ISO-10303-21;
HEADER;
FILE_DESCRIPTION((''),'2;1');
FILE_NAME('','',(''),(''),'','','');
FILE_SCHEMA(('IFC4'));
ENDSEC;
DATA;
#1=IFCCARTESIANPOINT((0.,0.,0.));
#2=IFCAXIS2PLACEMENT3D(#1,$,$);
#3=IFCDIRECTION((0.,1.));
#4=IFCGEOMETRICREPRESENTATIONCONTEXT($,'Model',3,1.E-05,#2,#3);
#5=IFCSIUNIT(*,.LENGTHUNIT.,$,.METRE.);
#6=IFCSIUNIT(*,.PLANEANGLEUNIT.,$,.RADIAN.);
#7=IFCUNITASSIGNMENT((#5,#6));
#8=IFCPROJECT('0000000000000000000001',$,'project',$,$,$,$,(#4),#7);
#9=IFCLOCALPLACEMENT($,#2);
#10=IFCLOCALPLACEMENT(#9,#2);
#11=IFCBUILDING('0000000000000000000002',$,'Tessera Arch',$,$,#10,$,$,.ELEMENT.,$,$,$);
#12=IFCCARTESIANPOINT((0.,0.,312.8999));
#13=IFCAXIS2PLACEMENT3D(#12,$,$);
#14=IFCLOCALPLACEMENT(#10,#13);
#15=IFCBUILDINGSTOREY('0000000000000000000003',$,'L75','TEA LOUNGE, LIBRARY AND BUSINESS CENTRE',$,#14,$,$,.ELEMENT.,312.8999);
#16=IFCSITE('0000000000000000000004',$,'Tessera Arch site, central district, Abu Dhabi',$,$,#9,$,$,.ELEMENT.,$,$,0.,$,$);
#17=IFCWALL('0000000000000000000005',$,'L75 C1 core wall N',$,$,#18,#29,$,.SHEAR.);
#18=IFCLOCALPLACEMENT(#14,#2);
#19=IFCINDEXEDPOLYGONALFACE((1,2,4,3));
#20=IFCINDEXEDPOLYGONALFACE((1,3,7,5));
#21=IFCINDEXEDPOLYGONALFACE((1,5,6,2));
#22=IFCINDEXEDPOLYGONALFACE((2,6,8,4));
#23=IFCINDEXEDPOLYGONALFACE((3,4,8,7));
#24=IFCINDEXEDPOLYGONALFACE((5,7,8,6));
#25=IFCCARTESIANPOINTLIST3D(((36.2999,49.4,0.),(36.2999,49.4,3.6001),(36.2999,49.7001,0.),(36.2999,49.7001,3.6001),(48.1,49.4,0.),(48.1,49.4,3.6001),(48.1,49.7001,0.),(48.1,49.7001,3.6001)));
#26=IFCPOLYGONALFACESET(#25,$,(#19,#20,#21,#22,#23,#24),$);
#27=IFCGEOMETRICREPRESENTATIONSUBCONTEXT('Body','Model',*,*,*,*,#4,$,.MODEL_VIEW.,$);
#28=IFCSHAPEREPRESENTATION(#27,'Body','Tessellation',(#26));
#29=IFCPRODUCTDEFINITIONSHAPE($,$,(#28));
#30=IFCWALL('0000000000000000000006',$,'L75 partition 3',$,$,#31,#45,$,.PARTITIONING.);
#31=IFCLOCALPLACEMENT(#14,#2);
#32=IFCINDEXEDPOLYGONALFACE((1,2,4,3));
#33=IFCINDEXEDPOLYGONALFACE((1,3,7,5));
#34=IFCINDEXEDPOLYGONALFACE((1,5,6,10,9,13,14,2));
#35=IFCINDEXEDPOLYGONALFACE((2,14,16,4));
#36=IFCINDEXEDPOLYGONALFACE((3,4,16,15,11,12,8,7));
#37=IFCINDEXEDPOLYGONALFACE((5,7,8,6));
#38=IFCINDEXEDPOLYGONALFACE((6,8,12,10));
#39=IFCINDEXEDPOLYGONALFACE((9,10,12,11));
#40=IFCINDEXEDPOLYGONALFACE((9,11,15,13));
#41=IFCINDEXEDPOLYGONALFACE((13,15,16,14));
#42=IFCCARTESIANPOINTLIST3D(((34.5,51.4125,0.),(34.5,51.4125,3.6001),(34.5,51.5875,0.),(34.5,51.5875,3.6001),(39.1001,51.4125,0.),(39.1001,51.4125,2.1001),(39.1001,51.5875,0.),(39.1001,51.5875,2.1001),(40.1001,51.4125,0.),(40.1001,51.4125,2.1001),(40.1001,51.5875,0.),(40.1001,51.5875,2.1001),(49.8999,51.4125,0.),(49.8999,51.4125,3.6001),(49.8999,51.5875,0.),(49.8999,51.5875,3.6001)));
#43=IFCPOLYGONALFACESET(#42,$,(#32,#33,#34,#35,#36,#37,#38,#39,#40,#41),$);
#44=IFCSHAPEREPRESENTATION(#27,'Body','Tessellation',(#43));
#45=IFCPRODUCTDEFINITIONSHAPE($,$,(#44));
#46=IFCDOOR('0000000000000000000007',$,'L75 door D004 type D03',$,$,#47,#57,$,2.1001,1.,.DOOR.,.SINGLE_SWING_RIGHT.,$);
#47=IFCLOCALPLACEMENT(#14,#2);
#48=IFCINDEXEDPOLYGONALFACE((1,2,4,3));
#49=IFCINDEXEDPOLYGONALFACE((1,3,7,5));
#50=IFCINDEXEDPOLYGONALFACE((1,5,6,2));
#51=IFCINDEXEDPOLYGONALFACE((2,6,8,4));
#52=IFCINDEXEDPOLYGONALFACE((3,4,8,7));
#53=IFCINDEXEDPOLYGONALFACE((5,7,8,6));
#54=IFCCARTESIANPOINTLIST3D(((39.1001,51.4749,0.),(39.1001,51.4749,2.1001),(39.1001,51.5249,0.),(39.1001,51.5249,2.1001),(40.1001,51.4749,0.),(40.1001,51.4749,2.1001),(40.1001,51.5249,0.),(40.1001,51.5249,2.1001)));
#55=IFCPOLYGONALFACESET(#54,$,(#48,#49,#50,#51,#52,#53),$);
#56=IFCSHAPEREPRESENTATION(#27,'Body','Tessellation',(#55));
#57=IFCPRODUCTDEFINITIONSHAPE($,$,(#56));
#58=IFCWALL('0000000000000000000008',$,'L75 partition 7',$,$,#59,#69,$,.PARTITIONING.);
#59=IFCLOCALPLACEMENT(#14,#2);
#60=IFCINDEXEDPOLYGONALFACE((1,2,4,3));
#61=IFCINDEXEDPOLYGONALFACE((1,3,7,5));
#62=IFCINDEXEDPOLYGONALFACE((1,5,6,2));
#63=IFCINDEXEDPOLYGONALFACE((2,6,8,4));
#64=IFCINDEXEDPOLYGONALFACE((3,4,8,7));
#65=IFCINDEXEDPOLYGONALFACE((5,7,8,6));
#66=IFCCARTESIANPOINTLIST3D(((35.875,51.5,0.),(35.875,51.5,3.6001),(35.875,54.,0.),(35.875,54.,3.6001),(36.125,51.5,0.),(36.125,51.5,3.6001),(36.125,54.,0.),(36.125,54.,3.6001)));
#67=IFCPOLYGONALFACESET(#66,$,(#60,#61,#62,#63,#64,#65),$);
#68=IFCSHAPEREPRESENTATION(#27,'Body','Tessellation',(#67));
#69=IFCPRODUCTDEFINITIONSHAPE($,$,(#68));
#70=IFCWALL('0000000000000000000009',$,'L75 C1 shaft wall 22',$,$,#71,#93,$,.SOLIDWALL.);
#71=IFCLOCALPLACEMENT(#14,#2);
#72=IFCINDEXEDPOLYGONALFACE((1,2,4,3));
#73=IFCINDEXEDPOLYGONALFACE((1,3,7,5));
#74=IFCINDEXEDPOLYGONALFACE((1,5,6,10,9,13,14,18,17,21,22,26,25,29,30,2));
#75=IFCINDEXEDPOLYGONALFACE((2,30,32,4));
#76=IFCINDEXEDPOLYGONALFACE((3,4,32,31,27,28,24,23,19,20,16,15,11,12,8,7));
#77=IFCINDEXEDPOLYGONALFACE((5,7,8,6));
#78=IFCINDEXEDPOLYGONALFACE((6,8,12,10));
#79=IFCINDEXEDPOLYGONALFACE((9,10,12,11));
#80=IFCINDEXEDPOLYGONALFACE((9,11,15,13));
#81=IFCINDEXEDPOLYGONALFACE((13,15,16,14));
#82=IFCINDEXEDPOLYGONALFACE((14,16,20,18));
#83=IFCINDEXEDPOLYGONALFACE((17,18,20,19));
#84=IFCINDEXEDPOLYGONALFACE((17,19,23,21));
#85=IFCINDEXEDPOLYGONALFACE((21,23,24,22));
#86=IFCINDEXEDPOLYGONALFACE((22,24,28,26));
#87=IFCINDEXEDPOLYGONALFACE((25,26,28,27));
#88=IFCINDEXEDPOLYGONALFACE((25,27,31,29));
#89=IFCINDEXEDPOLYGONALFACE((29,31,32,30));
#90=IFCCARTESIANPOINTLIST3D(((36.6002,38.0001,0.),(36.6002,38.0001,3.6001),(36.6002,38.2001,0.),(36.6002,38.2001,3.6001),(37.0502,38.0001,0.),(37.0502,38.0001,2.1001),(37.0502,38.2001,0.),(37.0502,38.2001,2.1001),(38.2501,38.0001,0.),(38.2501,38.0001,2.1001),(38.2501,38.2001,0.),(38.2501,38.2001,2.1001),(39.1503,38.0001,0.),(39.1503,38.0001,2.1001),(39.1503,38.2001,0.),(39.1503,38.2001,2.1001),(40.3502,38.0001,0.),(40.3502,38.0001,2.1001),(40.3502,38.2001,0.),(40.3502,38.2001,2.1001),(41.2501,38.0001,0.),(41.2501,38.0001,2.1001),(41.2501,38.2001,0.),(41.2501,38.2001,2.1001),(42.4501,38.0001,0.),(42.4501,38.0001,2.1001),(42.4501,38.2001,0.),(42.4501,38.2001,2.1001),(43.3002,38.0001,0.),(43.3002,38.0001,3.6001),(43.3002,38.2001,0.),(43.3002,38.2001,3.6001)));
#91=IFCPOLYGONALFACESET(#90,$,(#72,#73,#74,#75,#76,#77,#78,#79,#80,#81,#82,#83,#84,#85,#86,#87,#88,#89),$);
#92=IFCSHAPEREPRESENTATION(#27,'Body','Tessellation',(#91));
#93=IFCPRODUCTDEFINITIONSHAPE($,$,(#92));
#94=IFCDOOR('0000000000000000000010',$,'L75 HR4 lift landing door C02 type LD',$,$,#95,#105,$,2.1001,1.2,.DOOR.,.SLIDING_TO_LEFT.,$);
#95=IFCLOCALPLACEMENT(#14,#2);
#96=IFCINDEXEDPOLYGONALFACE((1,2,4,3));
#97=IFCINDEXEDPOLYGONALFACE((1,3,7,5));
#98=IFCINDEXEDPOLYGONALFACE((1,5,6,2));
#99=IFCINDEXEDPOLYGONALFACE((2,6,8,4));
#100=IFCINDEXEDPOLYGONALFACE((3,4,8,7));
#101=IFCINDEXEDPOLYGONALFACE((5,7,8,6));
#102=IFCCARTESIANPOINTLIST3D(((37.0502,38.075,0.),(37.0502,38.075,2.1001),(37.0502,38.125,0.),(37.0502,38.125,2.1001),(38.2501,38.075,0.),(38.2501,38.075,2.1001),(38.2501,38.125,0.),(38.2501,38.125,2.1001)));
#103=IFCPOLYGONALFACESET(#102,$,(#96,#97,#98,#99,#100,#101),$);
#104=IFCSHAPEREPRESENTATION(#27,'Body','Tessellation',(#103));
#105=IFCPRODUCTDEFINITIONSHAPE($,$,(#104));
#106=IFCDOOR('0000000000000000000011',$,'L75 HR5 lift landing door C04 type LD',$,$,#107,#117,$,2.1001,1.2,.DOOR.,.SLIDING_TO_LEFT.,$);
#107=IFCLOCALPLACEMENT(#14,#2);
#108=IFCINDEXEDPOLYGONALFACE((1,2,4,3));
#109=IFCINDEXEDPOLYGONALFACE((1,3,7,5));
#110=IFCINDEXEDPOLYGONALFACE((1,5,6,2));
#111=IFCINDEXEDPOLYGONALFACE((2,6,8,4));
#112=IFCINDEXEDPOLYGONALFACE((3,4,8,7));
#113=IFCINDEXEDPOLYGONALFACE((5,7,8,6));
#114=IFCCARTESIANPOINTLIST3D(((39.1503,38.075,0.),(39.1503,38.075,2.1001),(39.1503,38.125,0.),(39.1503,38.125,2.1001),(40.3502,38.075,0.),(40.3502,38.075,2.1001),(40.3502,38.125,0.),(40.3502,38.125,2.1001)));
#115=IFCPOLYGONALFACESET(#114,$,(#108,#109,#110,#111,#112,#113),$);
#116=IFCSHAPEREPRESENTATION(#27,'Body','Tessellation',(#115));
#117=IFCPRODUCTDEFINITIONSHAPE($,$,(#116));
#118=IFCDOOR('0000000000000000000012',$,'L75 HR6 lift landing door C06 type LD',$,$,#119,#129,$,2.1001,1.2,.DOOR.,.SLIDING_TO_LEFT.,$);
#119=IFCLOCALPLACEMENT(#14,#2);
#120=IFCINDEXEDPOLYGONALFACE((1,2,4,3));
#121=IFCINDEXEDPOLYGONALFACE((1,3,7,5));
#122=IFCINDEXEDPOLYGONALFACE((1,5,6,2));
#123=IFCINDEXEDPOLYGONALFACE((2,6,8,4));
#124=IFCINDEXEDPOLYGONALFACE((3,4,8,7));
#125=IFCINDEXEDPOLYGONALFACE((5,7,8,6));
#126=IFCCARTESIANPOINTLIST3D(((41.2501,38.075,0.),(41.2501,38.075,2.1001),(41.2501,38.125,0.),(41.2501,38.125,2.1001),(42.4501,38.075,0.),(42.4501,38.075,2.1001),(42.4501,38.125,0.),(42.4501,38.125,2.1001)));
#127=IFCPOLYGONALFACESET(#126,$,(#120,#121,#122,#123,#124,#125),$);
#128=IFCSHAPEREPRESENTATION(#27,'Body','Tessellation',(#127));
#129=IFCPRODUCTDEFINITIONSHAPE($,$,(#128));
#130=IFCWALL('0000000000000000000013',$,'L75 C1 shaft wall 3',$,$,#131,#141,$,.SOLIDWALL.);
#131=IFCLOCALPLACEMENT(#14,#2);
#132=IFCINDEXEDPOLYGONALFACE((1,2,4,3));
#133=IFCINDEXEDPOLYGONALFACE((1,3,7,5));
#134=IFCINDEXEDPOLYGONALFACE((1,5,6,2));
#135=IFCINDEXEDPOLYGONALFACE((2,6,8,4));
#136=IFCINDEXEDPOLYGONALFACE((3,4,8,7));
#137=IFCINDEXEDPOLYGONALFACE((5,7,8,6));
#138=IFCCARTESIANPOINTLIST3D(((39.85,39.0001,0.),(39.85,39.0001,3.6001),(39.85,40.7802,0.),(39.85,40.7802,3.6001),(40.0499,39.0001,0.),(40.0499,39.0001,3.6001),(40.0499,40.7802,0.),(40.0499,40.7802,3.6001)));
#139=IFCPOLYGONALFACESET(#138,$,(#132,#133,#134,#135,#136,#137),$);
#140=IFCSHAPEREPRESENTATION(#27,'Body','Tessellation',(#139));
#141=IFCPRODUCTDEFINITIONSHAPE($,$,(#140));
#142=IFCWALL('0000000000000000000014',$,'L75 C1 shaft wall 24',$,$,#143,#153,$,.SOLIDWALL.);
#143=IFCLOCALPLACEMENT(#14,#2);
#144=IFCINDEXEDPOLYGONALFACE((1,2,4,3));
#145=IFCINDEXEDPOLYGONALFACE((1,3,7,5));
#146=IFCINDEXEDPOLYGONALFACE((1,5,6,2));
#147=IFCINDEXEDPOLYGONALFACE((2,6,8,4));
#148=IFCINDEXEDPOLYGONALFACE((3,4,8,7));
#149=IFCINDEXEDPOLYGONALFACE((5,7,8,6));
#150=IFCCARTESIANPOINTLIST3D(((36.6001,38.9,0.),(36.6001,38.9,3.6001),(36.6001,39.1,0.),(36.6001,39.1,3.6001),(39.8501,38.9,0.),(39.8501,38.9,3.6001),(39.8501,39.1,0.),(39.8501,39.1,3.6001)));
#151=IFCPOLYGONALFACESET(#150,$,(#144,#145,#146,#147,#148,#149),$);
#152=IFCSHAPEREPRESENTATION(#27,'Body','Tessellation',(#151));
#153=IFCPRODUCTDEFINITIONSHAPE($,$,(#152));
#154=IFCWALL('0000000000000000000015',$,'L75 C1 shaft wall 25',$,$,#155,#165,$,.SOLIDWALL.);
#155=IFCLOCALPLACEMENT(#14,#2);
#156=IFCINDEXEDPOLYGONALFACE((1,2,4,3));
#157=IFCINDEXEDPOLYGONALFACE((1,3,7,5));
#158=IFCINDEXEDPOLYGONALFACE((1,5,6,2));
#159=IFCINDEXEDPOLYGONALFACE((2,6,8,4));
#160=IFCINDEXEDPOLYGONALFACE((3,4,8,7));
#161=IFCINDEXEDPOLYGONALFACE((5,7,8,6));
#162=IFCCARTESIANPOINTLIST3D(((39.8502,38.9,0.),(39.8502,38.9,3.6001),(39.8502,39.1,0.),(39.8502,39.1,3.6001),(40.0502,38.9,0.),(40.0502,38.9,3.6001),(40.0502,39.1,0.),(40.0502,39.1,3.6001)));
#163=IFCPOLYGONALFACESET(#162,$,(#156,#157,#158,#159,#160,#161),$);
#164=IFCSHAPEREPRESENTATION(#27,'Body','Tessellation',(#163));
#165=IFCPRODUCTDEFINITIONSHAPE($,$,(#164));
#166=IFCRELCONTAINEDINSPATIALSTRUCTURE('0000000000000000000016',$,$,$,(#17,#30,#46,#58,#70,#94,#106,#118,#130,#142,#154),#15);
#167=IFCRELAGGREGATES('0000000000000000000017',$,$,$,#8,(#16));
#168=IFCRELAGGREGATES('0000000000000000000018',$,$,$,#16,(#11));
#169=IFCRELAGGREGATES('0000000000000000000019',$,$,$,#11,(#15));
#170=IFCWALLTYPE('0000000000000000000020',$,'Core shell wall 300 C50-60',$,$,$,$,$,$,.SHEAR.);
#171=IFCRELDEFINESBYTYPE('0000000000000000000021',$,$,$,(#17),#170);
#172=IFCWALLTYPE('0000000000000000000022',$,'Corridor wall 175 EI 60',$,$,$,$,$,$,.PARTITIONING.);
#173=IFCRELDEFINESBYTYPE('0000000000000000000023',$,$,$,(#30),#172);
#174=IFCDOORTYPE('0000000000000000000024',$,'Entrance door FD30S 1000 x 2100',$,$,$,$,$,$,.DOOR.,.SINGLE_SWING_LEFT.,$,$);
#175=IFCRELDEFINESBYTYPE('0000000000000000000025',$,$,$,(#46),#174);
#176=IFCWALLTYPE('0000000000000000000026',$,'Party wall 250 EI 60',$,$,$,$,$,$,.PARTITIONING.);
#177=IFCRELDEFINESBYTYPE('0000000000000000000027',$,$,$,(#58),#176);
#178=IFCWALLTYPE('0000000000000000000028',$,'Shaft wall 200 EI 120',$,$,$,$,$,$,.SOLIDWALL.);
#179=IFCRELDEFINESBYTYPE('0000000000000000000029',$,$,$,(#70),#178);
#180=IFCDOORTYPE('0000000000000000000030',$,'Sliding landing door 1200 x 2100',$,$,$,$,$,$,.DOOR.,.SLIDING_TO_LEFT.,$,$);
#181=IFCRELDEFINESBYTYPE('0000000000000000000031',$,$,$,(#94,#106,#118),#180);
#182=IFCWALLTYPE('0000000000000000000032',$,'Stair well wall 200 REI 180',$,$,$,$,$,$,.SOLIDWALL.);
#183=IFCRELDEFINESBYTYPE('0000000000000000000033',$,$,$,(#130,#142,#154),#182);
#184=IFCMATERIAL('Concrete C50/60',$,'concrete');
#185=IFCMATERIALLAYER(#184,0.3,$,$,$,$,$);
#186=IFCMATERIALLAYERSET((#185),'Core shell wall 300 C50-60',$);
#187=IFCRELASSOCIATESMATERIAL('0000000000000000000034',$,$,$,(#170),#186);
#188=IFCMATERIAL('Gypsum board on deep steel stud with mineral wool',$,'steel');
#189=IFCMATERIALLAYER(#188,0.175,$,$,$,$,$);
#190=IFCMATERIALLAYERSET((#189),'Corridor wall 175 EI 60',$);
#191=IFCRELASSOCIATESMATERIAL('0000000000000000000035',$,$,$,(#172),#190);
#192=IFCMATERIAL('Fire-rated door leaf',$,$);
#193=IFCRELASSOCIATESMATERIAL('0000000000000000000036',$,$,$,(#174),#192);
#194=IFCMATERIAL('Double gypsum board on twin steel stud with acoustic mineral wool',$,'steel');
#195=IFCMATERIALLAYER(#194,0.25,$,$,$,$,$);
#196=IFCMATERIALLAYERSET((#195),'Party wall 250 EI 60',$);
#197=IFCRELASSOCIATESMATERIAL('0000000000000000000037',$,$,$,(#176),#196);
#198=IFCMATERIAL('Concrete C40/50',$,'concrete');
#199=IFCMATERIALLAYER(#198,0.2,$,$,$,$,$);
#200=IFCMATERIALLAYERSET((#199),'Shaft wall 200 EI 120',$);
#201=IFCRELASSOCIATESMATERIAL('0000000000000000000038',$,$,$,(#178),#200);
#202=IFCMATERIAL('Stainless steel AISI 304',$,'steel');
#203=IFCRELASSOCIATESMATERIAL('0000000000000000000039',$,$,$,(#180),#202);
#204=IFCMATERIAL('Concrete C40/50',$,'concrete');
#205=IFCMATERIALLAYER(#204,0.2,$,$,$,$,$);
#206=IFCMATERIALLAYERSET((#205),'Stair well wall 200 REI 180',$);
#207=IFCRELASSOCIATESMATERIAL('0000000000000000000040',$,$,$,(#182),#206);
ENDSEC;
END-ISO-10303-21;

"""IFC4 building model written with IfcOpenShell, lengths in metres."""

from ifc_helpers import new_model, si_unit, direction, frame, frame_2d, origin, place, context, subcontext, project, spatial, rectangle, extrude, material, layer, layer_set, type_object, element, fill, save


model = new_model("IFC4")

# Units and contexts
model_context = context("Model", 3, precision=1e-05, world=origin(), true_north=direction((0.0, 1.0)))
body_context = subcontext(model_context, "Body", "Model", "MODEL_VIEW")
ifc_project = project(units=[si_unit("LENGTHUNIT", "METRE"), si_unit("PLANEANGLEUNIT", "RADIAN")], contexts=[model_context])

# Site, building, storey
site_placement = place(None, origin())
site = spatial("IfcSite", under=ifc_project, at=site_placement, Name="Tessera Arch site, central district, Abu Dhabi", CompositionType="ELEMENT", RefElevation=0.0)
building_placement = place(site_placement, origin())
building = spatial("IfcBuilding", under=site, at=building_placement, Name="Tessera Arch", CompositionType="ELEMENT")
storey_placement = place(building_placement, frame((0.0, 0.0, 312.8999)))
storey = spatial("IfcBuildingStorey", under=building, at=storey_placement, Name="L75", Description="TEA LOUNGE, LIBRARY AND BUSINESS CENTRE", CompositionType="ELEMENT", Elevation=312.8999)

# Wall
ifc_material_1 = material(Name="Concrete C50/60", Category="concrete")
ifc_layer_1 = layer(ifc_material_1, 0.3)
ifc_layer_set_1 = layer_set([ifc_layer_1], Name="Core shell wall 300 C50-60")
wall_type_1 = type_object("IfcWallType", Name="Core shell wall 300 C50-60", PredefinedType="SHEAR", material=ifc_layer_set_1)
wall_1_placement = place(storey_placement, frame((36.3, 49.55, 0.0), z_axis=(0.0, 0.0, 1.0), x_axis=(1.0, 0.0, 0.0)))
element("IfcWall", 1, at=wall_1_placement, inside=storey, type_object=wall_type_1, Name="L75 C1 core wall N", PredefinedType="SHEAR", context=body_context, shape_type="SweptSolid", body=[
    extrude(rectangle(XDim=11.8, YDim=0.3, at=frame_2d((5.8999, 0.0))), origin(), (0.0, 0.0, 1.0), 3.6001),
])

# Wall, opening, door
ifc_material_2 = material(Name="Gypsum board on deep steel stud with mineral wool", Category="steel")
ifc_layer_2 = layer(ifc_material_2, 0.175)
ifc_layer_set_2 = layer_set([ifc_layer_2], Name="Corridor wall 175 EI 60")
wall_type_2 = type_object("IfcWallType", Name="Corridor wall 175 EI 60", PredefinedType="PARTITIONING", material=ifc_layer_set_2)
wall_2_placement = place(storey_placement, frame((34.5, 51.5, 0.0), z_axis=(0.0, 0.0, 1.0), x_axis=(1.0, 0.0, 0.0)))
wall_2 = element("IfcWall", 2, at=wall_2_placement, inside=storey, type_object=wall_type_2, Name="L75 partition 3", PredefinedType="PARTITIONING", context=body_context, shape_type="SweptSolid", body=[
    extrude(rectangle(XDim=15.3999, YDim=0.175, at=frame_2d((7.7, 0.0))), origin(), (0.0, 0.0, 1.0), 3.6001),
])
opening_1_placement = place(wall_2_placement, frame((4.6001, 0.0, 0.0)))
opening_1 = element("IfcOpeningElement", 3, at=opening_1_placement, cuts=wall_2, PredefinedType="OPENING", context=body_context, shape_type="SweptSolid", body=[
    extrude(rectangle(XDim=1.0, YDim=2.1001, at=frame_2d((0.5, 1.05))), frame((0.0, 0.0974, 0.0), z_axis=(0.0, -1.0, 0.0), x_axis=(1.0, 0.0, 0.0)), (0.0, 0.0, 1.0), 0.1951),
])
ifc_material_3 = material(Name="Fire-rated door leaf")
door_type_1 = type_object("IfcDoorType", Name="Entrance door FD30S 1000 x 2100", OperationType="SINGLE_SWING_LEFT", PredefinedType="DOOR", material=ifc_material_3)
door_1_placement = place(opening_1_placement, origin())
door_1 = element("IfcDoor", 4, at=door_1_placement, inside=storey, type_object=door_type_1, Name="L75 door D004 type D03", OperationType="SINGLE_SWING_RIGHT", OverallHeight=2.1001, OverallWidth=1.0, PredefinedType="DOOR", context=body_context, shape_type="SweptSolid", body=[
    extrude(rectangle(XDim=1.0, YDim=2.1001, at=frame_2d((0.5, 1.05))), frame((0.0, 0.0249, 0.0), z_axis=(0.0, -1.0, 0.0), x_axis=(1.0, 0.0, 0.0)), (0.0, 0.0, 1.0), 0.05),
])
fill(opening_1, door_1)

# Wall
ifc_material_4 = material(Name="Double gypsum board on twin steel stud with acoustic mineral wool", Category="steel")
ifc_layer_3 = layer(ifc_material_4, 0.25)
ifc_layer_set_3 = layer_set([ifc_layer_3], Name="Party wall 250 EI 60")
wall_type_3 = type_object("IfcWallType", Name="Party wall 250 EI 60", PredefinedType="PARTITIONING", material=ifc_layer_set_3)
wall_3_placement = place(storey_placement, frame((36.0, 51.5, 0.0), z_axis=(0.0, 0.0, 1.0), x_axis=(0.0, 1.0, 0.0)))
element("IfcWall", 5, at=wall_3_placement, inside=storey, type_object=wall_type_3, Name="L75 partition 7", PredefinedType="PARTITIONING", context=body_context, shape_type="SweptSolid", body=[
    extrude(rectangle(XDim=2.5, YDim=0.25, at=frame_2d((1.25, 0.0))), origin(), (0.0, 0.0, 1.0), 3.6001),
])

# Wall, openings, doors
ifc_material_5 = material(Name="Concrete C40/50", Category="concrete")
ifc_layer_4 = layer(ifc_material_5, 0.2)
ifc_layer_set_4 = layer_set([ifc_layer_4], Name="Shaft wall 200 EI 120")
wall_type_4 = type_object("IfcWallType", Name="Shaft wall 200 EI 120", PredefinedType="SOLIDWALL", material=ifc_layer_set_4)
wall_4_placement = place(storey_placement, frame((36.6001, 38.1001, 0.0), z_axis=(0.0, 0.0, 1.0), x_axis=(1.0, 0.0, 0.0)))
wall_4 = element("IfcWall", 6, at=wall_4_placement, inside=storey, type_object=wall_type_4, Name="L75 C1 shaft wall 22", PredefinedType="SOLIDWALL", context=body_context, shape_type="SweptSolid", body=[
    extrude(rectangle(XDim=6.7, YDim=0.2, at=frame_2d((3.3501, 0.0))), origin(), (0.0, 0.0, 1.0), 3.6001),
])
opening_2_placement = place(wall_4_placement, frame((0.45, 0.0, 0.0)))
opening_2 = element("IfcOpeningElement", 7, at=opening_2_placement, cuts=wall_4, PredefinedType="OPENING", context=body_context, shape_type="SweptSolid", body=[
    extrude(rectangle(XDim=1.2, YDim=2.1001, at=frame_2d((0.6001, 1.05))), frame((0.0, 0.1099, 0.0), z_axis=(0.0, -1.0, 0.0), x_axis=(1.0, 0.0, 0.0)), (0.0, 0.0, 1.0), 0.22),
])
opening_3_placement = place(wall_4_placement, frame((2.55, 0.0, 0.0)))
opening_3 = element("IfcOpeningElement", 8, at=opening_3_placement, cuts=wall_4, PredefinedType="OPENING", context=body_context, shape_type="SweptSolid", body=[
    extrude(rectangle(XDim=1.2, YDim=2.1001, at=frame_2d((0.6001, 1.05))), frame((0.0, 0.1099, 0.0), z_axis=(0.0, -1.0, 0.0), x_axis=(1.0, 0.0, 0.0)), (0.0, 0.0, 1.0), 0.22),
])
opening_4_placement = place(wall_4_placement, frame((4.6499, 0.0, 0.0)))
opening_4 = element("IfcOpeningElement", 9, at=opening_4_placement, cuts=wall_4, PredefinedType="OPENING", context=body_context, shape_type="SweptSolid", body=[
    extrude(rectangle(XDim=1.2, YDim=2.1001, at=frame_2d((0.6001, 1.05))), frame((0.0, 0.1099, 0.0), z_axis=(0.0, -1.0, 0.0), x_axis=(1.0, 0.0, 0.0)), (0.0, 0.0, 1.0), 0.22),
])
ifc_material_6 = material(Name="Stainless steel AISI 304", Category="steel")
door_type_2 = type_object("IfcDoorType", Name="Sliding landing door 1200 x 2100", OperationType="SLIDING_TO_LEFT", PredefinedType="DOOR", material=ifc_material_6)
door_2_placement = place(opening_2_placement, origin())
door_2 = element("IfcDoor", 10, at=door_2_placement, inside=storey, type_object=door_type_2, Name="L75 HR4 lift landing door C02 type LD", OperationType="SLIDING_TO_LEFT", OverallHeight=2.1001, OverallWidth=1.2, PredefinedType="DOOR", context=body_context, shape_type="SweptSolid", body=[
    extrude(rectangle(XDim=1.2, YDim=2.1001, at=frame_2d((0.6001, 1.05))), frame((0.0, 0.0249, 0.0), z_axis=(0.0, -1.0, 0.0), x_axis=(1.0, 0.0, 0.0)), (0.0, 0.0, 1.0), 0.05),
])
fill(opening_2, door_2)
door_3_placement = place(opening_3_placement, origin())
door_3 = element("IfcDoor", 11, at=door_3_placement, inside=storey, type_object=door_type_2, Name="L75 HR5 lift landing door C04 type LD", OperationType="SLIDING_TO_LEFT", OverallHeight=2.1001, OverallWidth=1.2, PredefinedType="DOOR", context=body_context, shape_type="SweptSolid", body=[
    extrude(rectangle(XDim=1.2, YDim=2.1001, at=frame_2d((0.6001, 1.05))), frame((0.0, 0.0249, 0.0), z_axis=(0.0, -1.0, 0.0), x_axis=(1.0, 0.0, 0.0)), (0.0, 0.0, 1.0), 0.05),
])
fill(opening_3, door_3)
door_4_placement = place(opening_4_placement, origin())
door_4 = element("IfcDoor", 12, at=door_4_placement, inside=storey, type_object=door_type_2, Name="L75 HR6 lift landing door C06 type LD", OperationType="SLIDING_TO_LEFT", OverallHeight=2.1001, OverallWidth=1.2, PredefinedType="DOOR", context=body_context, shape_type="SweptSolid", body=[
    extrude(rectangle(XDim=1.2, YDim=2.1001, at=frame_2d((0.6001, 1.05))), frame((0.0, 0.0249, 0.0), z_axis=(0.0, -1.0, 0.0), x_axis=(1.0, 0.0, 0.0)), (0.0, 0.0, 1.0), 0.05),
])
fill(opening_4, door_4)

# Walls
ifc_material_7 = material(Name="Concrete C40/50", Category="concrete")
ifc_layer_5 = layer(ifc_material_7, 0.2)
ifc_layer_set_5 = layer_set([ifc_layer_5], Name="Stair well wall 200 REI 180")
wall_type_5 = type_object("IfcWallType", Name="Stair well wall 200 REI 180", PredefinedType="SOLIDWALL", material=ifc_layer_set_5)
wall_5_placement = place(storey_placement, frame((39.95, 39.0, 0.0), z_axis=(0.0, 0.0, 1.0), x_axis=(0.0, 1.0, 0.0)))
element("IfcWall", 13, at=wall_5_placement, inside=storey, type_object=wall_type_5, Name="L75 C1 shaft wall 3", PredefinedType="SOLIDWALL", context=body_context, shape_type="SweptSolid", body=[
    extrude(rectangle(XDim=1.78, YDim=0.2, at=frame_2d((0.8901, 0.0))), origin(), (0.0, 0.0, 1.0), 3.6001),
])
wall_6_placement = place(storey_placement, frame((36.6001, 39.0, 0.0), z_axis=(0.0, 0.0, 1.0), x_axis=(1.0, 0.0, 0.0)))
element("IfcWall", 14, at=wall_6_placement, inside=storey, type_object=wall_type_5, Name="L75 C1 shaft wall 24", PredefinedType="SOLIDWALL", context=body_context, shape_type="SweptSolid", body=[
    extrude(rectangle(XDim=3.25, YDim=0.2, at=frame_2d((1.625, 0.0))), origin(), (0.0, 0.0, 1.0), 3.6001),
])
wall_7_placement = place(storey_placement, frame((39.8501, 39.0, 0.0), z_axis=(0.0, 0.0, 1.0), x_axis=(1.0, 0.0, 0.0)))
element("IfcWall", 15, at=wall_7_placement, inside=storey, type_object=wall_type_5, Name="L75 C1 shaft wall 25", PredefinedType="SOLIDWALL", context=body_context, shape_type="SweptSolid", body=[
    extrude(rectangle(XDim=0.2, YDim=0.2, at=frame_2d((0.1001, 0.0))), origin(), (0.0, 0.0, 1.0), 3.6001),
])

save(model, "model.ifc")
